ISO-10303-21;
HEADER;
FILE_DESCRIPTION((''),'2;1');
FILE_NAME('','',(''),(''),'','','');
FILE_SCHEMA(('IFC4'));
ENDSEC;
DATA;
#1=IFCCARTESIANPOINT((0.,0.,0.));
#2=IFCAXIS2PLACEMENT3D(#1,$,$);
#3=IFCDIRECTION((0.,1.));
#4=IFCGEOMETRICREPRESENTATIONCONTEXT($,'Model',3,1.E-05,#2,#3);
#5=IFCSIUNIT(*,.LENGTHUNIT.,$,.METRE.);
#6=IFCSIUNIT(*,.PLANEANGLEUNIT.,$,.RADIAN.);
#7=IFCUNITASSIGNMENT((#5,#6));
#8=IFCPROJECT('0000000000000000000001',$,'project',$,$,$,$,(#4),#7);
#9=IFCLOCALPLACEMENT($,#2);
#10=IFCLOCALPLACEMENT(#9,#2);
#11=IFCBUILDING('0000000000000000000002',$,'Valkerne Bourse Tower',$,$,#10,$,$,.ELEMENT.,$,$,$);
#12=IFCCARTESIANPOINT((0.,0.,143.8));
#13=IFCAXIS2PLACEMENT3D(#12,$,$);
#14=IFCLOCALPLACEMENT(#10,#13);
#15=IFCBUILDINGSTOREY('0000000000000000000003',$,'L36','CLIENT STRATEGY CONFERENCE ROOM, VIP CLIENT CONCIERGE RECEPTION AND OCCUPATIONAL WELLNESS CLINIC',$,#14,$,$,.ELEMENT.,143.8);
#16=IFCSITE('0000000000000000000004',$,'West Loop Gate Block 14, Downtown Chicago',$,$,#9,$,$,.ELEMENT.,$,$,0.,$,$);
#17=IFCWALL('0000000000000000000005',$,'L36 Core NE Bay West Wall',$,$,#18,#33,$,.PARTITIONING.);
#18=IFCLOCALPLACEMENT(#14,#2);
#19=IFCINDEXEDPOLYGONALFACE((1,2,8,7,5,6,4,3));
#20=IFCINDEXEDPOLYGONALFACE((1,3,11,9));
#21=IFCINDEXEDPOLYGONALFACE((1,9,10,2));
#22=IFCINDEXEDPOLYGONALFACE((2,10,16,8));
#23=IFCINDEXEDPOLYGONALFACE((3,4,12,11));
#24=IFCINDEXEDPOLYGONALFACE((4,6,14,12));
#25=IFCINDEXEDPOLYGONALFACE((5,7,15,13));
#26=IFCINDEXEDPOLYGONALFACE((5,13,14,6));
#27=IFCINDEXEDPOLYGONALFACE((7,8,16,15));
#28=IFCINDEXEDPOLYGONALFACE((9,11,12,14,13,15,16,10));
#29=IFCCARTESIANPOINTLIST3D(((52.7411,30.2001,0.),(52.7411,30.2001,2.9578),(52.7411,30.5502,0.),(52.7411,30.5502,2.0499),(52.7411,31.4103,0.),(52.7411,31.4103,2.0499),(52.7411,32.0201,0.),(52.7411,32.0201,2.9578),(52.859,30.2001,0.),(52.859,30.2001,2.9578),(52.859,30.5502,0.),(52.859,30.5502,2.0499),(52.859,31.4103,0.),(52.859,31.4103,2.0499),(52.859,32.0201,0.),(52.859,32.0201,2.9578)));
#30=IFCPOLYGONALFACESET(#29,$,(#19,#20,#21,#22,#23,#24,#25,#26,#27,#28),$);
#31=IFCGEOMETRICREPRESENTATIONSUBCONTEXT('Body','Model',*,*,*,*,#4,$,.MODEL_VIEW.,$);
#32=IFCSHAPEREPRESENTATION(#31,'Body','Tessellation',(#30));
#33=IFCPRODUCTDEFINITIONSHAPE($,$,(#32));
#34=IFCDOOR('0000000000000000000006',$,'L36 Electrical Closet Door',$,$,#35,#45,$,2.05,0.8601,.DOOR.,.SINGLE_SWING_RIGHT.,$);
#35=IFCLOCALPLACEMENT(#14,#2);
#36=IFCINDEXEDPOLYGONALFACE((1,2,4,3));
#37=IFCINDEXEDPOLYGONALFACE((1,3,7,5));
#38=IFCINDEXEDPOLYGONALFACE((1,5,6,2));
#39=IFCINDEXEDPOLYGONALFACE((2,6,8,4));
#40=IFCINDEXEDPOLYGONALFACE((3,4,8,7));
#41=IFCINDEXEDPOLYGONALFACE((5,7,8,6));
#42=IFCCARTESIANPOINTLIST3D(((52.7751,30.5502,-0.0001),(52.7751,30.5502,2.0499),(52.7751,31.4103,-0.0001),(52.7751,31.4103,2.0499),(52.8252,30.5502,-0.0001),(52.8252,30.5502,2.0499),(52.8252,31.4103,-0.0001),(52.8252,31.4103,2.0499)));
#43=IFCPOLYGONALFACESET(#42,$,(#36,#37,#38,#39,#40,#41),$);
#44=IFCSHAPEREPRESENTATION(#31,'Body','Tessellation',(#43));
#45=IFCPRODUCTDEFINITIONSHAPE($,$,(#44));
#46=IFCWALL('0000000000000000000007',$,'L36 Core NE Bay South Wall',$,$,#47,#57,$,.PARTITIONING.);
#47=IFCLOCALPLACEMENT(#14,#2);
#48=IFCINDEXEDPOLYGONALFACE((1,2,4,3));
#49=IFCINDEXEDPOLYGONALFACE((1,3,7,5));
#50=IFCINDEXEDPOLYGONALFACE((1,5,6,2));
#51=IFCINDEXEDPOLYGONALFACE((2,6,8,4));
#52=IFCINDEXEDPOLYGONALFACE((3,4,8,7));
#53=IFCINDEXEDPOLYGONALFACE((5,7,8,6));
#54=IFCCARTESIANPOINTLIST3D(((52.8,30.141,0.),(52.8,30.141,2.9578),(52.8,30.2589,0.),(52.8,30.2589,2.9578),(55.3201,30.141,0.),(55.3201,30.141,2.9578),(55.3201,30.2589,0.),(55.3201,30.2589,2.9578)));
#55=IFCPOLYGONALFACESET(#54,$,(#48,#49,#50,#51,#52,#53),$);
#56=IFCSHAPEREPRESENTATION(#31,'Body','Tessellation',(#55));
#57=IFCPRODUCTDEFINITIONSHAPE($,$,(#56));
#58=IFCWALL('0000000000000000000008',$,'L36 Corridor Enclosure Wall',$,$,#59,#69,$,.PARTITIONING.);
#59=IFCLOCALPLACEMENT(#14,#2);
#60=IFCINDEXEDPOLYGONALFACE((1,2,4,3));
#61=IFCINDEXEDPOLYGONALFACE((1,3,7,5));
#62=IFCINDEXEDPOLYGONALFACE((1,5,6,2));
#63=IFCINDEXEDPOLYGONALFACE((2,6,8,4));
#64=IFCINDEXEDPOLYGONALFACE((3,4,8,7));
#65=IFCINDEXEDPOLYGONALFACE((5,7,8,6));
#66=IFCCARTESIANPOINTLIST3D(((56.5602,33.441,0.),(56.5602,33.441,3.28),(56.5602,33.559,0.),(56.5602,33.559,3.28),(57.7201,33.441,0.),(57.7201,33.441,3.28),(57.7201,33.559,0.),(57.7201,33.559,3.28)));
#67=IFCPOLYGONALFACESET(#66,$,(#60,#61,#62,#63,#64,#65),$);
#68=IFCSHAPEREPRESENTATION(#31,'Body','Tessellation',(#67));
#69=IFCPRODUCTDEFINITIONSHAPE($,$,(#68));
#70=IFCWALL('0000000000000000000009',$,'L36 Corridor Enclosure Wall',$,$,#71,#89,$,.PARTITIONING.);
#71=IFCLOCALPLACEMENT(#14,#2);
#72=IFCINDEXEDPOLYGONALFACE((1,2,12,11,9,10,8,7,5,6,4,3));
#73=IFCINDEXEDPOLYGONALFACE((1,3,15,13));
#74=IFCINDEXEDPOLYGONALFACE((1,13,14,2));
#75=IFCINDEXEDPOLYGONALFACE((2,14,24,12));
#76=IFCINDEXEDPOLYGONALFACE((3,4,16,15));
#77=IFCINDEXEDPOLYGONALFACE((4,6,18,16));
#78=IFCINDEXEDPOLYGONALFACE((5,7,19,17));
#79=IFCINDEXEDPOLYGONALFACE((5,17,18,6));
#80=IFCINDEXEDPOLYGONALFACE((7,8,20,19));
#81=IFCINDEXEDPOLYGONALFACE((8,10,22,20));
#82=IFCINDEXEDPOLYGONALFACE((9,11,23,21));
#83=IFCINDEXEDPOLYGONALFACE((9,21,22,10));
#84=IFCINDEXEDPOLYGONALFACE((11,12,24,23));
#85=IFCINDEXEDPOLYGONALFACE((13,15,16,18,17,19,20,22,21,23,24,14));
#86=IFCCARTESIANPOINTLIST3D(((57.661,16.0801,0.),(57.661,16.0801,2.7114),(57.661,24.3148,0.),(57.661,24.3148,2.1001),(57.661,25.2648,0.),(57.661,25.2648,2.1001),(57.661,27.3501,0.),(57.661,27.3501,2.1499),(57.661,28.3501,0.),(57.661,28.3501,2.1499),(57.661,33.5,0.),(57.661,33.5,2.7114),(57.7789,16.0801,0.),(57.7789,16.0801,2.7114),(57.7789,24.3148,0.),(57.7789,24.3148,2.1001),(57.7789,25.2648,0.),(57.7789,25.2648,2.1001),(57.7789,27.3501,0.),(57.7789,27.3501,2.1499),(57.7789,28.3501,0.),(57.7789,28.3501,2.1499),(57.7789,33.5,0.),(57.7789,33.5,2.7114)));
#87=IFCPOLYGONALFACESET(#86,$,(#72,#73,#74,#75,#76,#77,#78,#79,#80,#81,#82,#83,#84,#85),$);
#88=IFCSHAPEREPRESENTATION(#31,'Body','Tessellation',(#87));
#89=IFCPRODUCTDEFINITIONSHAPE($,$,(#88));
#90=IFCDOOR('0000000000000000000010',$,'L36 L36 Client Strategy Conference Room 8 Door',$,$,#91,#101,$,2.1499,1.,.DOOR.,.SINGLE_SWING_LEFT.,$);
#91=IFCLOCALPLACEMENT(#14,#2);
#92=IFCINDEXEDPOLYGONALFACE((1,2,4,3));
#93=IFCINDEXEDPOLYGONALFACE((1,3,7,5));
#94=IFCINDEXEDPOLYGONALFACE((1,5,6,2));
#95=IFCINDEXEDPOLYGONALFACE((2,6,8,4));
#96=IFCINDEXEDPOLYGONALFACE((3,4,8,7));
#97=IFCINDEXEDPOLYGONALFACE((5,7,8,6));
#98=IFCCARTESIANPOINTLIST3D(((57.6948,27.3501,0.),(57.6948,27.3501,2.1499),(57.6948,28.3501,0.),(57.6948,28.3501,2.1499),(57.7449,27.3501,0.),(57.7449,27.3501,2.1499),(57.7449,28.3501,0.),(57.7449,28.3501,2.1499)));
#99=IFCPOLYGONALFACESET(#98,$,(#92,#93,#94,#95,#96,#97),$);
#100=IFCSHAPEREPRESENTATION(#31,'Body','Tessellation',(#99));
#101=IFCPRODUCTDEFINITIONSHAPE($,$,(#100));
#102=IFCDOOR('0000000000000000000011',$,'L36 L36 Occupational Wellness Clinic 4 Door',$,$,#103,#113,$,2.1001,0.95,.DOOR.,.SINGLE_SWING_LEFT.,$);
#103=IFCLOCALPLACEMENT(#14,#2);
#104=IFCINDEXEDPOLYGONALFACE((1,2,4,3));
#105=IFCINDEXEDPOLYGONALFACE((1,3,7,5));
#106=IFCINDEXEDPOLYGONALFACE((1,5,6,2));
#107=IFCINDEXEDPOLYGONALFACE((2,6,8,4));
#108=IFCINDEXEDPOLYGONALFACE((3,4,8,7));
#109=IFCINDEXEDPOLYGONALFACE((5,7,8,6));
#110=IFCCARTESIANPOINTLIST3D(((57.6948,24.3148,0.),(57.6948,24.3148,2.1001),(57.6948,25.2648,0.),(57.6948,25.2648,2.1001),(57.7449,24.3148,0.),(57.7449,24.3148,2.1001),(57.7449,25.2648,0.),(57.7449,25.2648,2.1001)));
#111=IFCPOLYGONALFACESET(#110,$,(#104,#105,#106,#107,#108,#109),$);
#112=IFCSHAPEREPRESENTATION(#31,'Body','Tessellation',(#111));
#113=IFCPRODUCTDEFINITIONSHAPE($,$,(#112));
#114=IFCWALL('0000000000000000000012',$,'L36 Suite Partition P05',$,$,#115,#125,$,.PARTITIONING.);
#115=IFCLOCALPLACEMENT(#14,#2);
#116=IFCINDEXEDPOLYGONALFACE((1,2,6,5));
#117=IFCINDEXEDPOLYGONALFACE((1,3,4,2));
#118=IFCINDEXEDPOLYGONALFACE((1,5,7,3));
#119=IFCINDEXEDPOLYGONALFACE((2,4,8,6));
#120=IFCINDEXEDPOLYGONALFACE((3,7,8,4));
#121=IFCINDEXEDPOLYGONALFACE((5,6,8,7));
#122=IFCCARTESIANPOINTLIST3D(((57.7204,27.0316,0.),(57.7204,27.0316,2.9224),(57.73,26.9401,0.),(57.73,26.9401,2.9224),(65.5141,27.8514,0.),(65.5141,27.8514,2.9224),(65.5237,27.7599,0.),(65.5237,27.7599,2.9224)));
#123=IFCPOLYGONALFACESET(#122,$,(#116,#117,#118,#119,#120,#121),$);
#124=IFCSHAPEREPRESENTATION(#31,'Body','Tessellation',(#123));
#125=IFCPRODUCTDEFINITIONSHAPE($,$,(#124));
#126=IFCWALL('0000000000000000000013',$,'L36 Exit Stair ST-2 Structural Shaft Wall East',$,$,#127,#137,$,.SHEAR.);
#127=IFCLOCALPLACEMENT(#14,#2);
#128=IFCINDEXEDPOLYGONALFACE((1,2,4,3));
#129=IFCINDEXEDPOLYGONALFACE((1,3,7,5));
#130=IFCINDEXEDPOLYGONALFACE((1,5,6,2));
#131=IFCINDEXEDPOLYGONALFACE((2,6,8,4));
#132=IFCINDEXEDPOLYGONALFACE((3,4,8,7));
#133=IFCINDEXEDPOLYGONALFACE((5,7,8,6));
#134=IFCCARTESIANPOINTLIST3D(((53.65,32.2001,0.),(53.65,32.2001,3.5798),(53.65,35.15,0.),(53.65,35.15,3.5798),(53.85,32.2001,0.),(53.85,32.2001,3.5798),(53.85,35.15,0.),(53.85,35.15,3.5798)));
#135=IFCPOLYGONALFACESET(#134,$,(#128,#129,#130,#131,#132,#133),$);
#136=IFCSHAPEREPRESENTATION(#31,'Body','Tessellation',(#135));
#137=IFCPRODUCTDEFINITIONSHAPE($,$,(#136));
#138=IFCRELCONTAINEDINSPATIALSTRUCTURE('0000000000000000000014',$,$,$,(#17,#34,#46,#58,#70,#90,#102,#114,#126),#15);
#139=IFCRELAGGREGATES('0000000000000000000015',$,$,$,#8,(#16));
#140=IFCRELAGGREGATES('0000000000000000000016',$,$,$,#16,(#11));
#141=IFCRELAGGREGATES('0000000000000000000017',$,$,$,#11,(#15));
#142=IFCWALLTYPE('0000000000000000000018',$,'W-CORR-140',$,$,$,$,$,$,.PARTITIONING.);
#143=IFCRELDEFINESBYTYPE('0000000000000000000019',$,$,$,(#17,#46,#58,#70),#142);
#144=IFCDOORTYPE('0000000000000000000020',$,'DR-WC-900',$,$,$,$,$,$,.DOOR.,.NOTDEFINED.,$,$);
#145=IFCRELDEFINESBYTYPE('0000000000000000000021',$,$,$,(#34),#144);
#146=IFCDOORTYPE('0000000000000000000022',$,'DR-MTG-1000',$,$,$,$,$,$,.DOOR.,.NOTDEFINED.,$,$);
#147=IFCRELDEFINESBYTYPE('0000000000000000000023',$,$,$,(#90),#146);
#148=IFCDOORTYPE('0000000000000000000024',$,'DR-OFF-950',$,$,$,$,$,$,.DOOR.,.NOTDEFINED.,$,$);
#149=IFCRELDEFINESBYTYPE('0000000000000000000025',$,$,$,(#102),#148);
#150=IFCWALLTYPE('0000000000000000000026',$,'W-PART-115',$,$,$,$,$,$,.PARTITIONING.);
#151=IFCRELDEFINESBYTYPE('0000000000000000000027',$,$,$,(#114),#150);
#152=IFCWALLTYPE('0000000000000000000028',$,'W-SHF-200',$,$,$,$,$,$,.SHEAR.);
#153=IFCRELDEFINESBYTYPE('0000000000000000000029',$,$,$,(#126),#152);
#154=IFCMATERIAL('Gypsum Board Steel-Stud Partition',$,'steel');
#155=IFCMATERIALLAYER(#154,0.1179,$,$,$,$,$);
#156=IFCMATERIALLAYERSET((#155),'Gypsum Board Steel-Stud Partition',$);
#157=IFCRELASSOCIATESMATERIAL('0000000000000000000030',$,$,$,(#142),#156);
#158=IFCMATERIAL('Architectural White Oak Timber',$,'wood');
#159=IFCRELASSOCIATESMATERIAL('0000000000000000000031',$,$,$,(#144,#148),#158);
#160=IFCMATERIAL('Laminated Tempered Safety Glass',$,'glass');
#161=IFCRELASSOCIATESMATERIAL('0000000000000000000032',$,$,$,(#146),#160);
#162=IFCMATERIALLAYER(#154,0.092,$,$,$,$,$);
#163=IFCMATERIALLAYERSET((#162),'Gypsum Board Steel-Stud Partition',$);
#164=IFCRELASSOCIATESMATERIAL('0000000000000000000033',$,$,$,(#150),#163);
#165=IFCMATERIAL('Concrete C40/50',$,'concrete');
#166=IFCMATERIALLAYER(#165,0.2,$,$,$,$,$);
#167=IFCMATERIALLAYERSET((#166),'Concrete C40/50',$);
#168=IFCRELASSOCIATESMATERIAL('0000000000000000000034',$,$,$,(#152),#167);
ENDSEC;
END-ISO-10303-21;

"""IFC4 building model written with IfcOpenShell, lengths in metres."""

from ifc_helpers import new_model, si_unit, direction, frame, frame_2d, origin, place, context, subcontext, project, spatial, rectangle, extrude, material, layer, layer_set, type_object, element, fill, save


model = new_model("IFC4")

# Units and contexts
model_context = context("Model", 3, precision=1e-05, world=origin(), true_north=direction((0.0, 1.0)))
body_context = subcontext(model_context, "Body", "Model", "MODEL_VIEW")
ifc_project = project(units=[si_unit("LENGTHUNIT", "METRE"), si_unit("PLANEANGLEUNIT", "RADIAN")], contexts=[model_context])

# Site, building, storey
site_placement = place(None, origin())
site = spatial("IfcSite", under=ifc_project, at=site_placement, Name="West Loop Gate Block 14, Downtown Chicago", CompositionType="ELEMENT", RefElevation=0.0)
building_placement = place(site_placement, origin())
building = spatial("IfcBuilding", under=site, at=building_placement, Name="Valkerne Bourse Tower", CompositionType="ELEMENT")
storey_placement = place(building_placement, frame((0.0, 0.0, 143.8)))
storey = spatial("IfcBuildingStorey", under=building, at=storey_placement, Name="L36", Description="CLIENT STRATEGY CONFERENCE ROOM, VIP CLIENT CONCIERGE RECEPTION AND OCCUPATIONAL WELLNESS CLINIC", CompositionType="ELEMENT", Elevation=143.8)

# Wall, opening, door
ifc_material_1 = material(Name="Gypsum Board Steel-Stud Partition", Category="steel")
ifc_layer_1 = layer(ifc_material_1, 0.1179)
ifc_layer_set_1 = layer_set([ifc_layer_1], Name="Gypsum Board Steel-Stud Partition")
wall_type_1 = type_object("IfcWallType", Name="W-CORR-140", PredefinedType="PARTITIONING", material=ifc_layer_set_1)
wall_1_placement = place(storey_placement, frame((52.8, 30.2, 0.0), z_axis=(0.0, 0.0, 1.0), x_axis=(0.0, 1.0, 0.0)))
wall_1 = element("IfcWall", 1, at=wall_1_placement, inside=storey, type_object=wall_type_1, Name="L36 Core NE Bay West Wall", PredefinedType="PARTITIONING", context=body_context, shape_type="SweptSolid", body=[
    extrude(rectangle(XDim=1.8201, YDim=0.1179, at=frame_2d((0.9102, 0.0))), origin(), (0.0, 0.0, 1.0), 2.9578),
])
opening_1_placement = place(wall_1_placement, frame((0.3501, 0.0, 0.0)))
opening_1 = element("IfcOpeningElement", 2, at=opening_1_placement, cuts=wall_1, PredefinedType="OPENING", context=body_context, shape_type="SweptSolid", body=[
    extrude(rectangle(XDim=0.8601, YDim=2.05, at=frame_2d((0.4302, 1.0249))), frame((0.0, 0.0688, 0.0), z_axis=(0.0, -1.0, 0.0), x_axis=(1.0, 0.0, 0.0)), (0.0, 0.0, 1.0), 0.1379),
])
ifc_material_2 = material(Name="Architectural White Oak Timber", Category="wood")
door_type_1 = type_object("IfcDoorType", Name="DR-WC-900", OperationType="NOTDEFINED", PredefinedType="DOOR", material=ifc_material_2)
door_1_placement = place(opening_1_placement, origin())
door_1 = element("IfcDoor", 3, at=door_1_placement, inside=storey, type_object=door_type_1, Name="L36 Electrical Closet Door", OperationType="SINGLE_SWING_RIGHT", OverallHeight=2.05, OverallWidth=0.8601, PredefinedType="DOOR", context=body_context, shape_type="SweptSolid", body=[
    extrude(rectangle(XDim=0.8601, YDim=2.05, at=frame_2d((0.4302, 1.0249))), frame((0.0, 0.0249, 0.0), z_axis=(0.0, -1.0, 0.0), x_axis=(1.0, 0.0, 0.0)), (0.0, 0.0, 1.0), 0.05),
])
fill(opening_1, door_1)

# Walls
wall_2_placement = place(storey_placement, frame((52.8, 30.2, 0.0), z_axis=(0.0, 0.0, 1.0), x_axis=(1.0, 0.0, 0.0)))
element("IfcWall", 4, at=wall_2_placement, inside=storey, type_object=wall_type_1, Name="L36 Core NE Bay South Wall", PredefinedType="PARTITIONING", context=body_context, shape_type="SweptSolid", body=[
    extrude(rectangle(XDim=2.52, YDim=0.1179, at=frame_2d((1.26, 0.0))), origin(), (0.0, 0.0, 1.0), 2.9578),
])
wall_3_placement = place(storey_placement, frame((56.5601, 33.5, 0.0), z_axis=(0.0, 0.0, 1.0), x_axis=(1.0, 0.0, 0.0)))
element("IfcWall", 5, at=wall_3_placement, inside=storey, type_object=wall_type_1, Name="L36 Corridor Enclosure Wall", PredefinedType="PARTITIONING", context=body_context, shape_type="SweptSolid", body=[
    extrude(rectangle(XDim=1.1599, YDim=0.1179, at=frame_2d((0.5801, 0.0))), origin(), (0.0, 0.0, 1.0), 3.28),
])

# Wall, openings, doors
wall_4_placement = place(storey_placement, frame((57.72, 33.5, 0.0), z_axis=(0.0, 0.0, 1.0), x_axis=(0.0, -1.0, 0.0)))
wall_4 = element("IfcWall", 6, at=wall_4_placement, inside=storey, type_object=wall_type_1, Name="L36 Corridor Enclosure Wall", PredefinedType="PARTITIONING", context=body_context, shape_type="SweptSolid", body=[
    extrude(rectangle(XDim=17.4199, YDim=0.1179, at=frame_2d((8.71, 0.0))), origin(), (0.0, 0.0, 1.0), 2.7114),
])
opening_2_placement = place(wall_4_placement, frame((8.2351, 0.0, 0.0)))
opening_2 = element("IfcOpeningElement", 7, at=opening_2_placement, cuts=wall_4, PredefinedType="OPENING", context=body_context, shape_type="SweptSolid", body=[
    extrude(rectangle(XDim=0.95, YDim=2.1001, at=frame_2d((0.4751, 1.05))), frame((0.0, 0.0688, 0.0), z_axis=(0.0, -1.0, 0.0), x_axis=(1.0, 0.0, 0.0)), (0.0, 0.0, 1.0), 0.1379),
])
opening_3_placement = place(wall_4_placement, frame((5.1499, 0.0, 0.0)))
opening_3 = element("IfcOpeningElement", 8, at=opening_3_placement, cuts=wall_4, PredefinedType="OPENING", context=body_context, shape_type="SweptSolid", body=[
    extrude(rectangle(XDim=1.0, YDim=2.1499, at=frame_2d((0.5, 1.075))), frame((0.0, 0.0688, 0.0), z_axis=(0.0, -1.0, 0.0), x_axis=(1.0, 0.0, 0.0)), (0.0, 0.0, 1.0), 0.1379),
])
ifc_material_3 = material(Name="Laminated Tempered Safety Glass", Category="glass")
door_type_2 = type_object("IfcDoorType", Name="DR-MTG-1000", OperationType="NOTDEFINED", PredefinedType="DOOR", material=ifc_material_3)
door_2_placement = place(opening_3_placement, origin())
door_2 = element("IfcDoor", 9, at=door_2_placement, inside=storey, type_object=door_type_2, Name="L36 L36 Client Strategy Conference Room 8 Door", OperationType="SINGLE_SWING_LEFT", OverallHeight=2.1499, OverallWidth=1.0, PredefinedType="DOOR", context=body_context, shape_type="SweptSolid", body=[
    extrude(rectangle(XDim=1.0, YDim=2.1499, at=frame_2d((0.5, 1.075))), frame((0.0, 0.0249, 0.0), z_axis=(0.0, -1.0, 0.0), x_axis=(1.0, 0.0, 0.0)), (0.0, 0.0, 1.0), 0.05),
])
fill(opening_3, door_2)
door_type_3 = type_object("IfcDoorType", Name="DR-OFF-950", OperationType="NOTDEFINED", PredefinedType="DOOR", material=ifc_material_2)
door_3_placement = place(opening_2_placement, origin())
door_3 = element("IfcDoor", 10, at=door_3_placement, inside=storey, type_object=door_type_3, Name="L36 L36 Occupational Wellness Clinic 4 Door", OperationType="SINGLE_SWING_LEFT", OverallHeight=2.1001, OverallWidth=0.95, PredefinedType="DOOR", context=body_context, shape_type="SweptSolid", body=[
    extrude(rectangle(XDim=0.95, YDim=2.1001, at=frame_2d((0.4751, 1.05))), frame((0.0, 0.0249, 0.0), z_axis=(0.0, -1.0, 0.0), x_axis=(1.0, 0.0, 0.0)), (0.0, 0.0, 1.0), 0.05),
])
fill(opening_2, door_3)

# Walls
ifc_layer_2 = layer(ifc_material_1, 0.092)
ifc_layer_set_2 = layer_set([ifc_layer_2], Name="Gypsum Board Steel-Stud Partition")
wall_type_2 = type_object("IfcWallType", Name="W-PART-115", PredefinedType="PARTITIONING", material=ifc_layer_set_2)
wall_5_placement = place(storey_placement, frame((57.7251, 26.9858, 0.0), z_axis=(0.0, 0.0, 1.0), x_axis=(0.994513, 0.104613, 0.0)))
element("IfcWall", 11, at=wall_5_placement, inside=storey, type_object=wall_type_2, Name="L36 Suite Partition P05", PredefinedType="PARTITIONING", context=body_context, shape_type="SweptSolid", body=[
    extrude(rectangle(XDim=7.8367, YDim=0.092, at=frame_2d((3.9185, 0.0))), origin(), (0.0, 0.0, 1.0), 2.9224),
])
ifc_material_4 = material(Name="Concrete C40/50", Category="concrete")
ifc_layer_3 = layer(ifc_material_4, 0.2)
ifc_layer_set_3 = layer_set([ifc_layer_3], Name="Concrete C40/50")
wall_type_3 = type_object("IfcWallType", Name="W-SHF-200", PredefinedType="SHEAR", material=ifc_layer_set_3)
wall_6_placement = place(storey_placement, frame((53.75, 32.2, 0.0), z_axis=(0.0, 0.0, 1.0), x_axis=(0.0, 1.0, 0.0)))
element("IfcWall", 12, at=wall_6_placement, inside=storey, type_object=wall_type_3, Name="L36 Exit Stair ST-2 Structural Shaft Wall East", PredefinedType="SHEAR", context=body_context, shape_type="SweptSolid", body=[
    extrude(rectangle(XDim=2.95, YDim=0.2, at=frame_2d((1.4751, 0.0))), origin(), (0.0, 0.0, 1.0), 3.5798),
])

save(model, "model.ifc")
